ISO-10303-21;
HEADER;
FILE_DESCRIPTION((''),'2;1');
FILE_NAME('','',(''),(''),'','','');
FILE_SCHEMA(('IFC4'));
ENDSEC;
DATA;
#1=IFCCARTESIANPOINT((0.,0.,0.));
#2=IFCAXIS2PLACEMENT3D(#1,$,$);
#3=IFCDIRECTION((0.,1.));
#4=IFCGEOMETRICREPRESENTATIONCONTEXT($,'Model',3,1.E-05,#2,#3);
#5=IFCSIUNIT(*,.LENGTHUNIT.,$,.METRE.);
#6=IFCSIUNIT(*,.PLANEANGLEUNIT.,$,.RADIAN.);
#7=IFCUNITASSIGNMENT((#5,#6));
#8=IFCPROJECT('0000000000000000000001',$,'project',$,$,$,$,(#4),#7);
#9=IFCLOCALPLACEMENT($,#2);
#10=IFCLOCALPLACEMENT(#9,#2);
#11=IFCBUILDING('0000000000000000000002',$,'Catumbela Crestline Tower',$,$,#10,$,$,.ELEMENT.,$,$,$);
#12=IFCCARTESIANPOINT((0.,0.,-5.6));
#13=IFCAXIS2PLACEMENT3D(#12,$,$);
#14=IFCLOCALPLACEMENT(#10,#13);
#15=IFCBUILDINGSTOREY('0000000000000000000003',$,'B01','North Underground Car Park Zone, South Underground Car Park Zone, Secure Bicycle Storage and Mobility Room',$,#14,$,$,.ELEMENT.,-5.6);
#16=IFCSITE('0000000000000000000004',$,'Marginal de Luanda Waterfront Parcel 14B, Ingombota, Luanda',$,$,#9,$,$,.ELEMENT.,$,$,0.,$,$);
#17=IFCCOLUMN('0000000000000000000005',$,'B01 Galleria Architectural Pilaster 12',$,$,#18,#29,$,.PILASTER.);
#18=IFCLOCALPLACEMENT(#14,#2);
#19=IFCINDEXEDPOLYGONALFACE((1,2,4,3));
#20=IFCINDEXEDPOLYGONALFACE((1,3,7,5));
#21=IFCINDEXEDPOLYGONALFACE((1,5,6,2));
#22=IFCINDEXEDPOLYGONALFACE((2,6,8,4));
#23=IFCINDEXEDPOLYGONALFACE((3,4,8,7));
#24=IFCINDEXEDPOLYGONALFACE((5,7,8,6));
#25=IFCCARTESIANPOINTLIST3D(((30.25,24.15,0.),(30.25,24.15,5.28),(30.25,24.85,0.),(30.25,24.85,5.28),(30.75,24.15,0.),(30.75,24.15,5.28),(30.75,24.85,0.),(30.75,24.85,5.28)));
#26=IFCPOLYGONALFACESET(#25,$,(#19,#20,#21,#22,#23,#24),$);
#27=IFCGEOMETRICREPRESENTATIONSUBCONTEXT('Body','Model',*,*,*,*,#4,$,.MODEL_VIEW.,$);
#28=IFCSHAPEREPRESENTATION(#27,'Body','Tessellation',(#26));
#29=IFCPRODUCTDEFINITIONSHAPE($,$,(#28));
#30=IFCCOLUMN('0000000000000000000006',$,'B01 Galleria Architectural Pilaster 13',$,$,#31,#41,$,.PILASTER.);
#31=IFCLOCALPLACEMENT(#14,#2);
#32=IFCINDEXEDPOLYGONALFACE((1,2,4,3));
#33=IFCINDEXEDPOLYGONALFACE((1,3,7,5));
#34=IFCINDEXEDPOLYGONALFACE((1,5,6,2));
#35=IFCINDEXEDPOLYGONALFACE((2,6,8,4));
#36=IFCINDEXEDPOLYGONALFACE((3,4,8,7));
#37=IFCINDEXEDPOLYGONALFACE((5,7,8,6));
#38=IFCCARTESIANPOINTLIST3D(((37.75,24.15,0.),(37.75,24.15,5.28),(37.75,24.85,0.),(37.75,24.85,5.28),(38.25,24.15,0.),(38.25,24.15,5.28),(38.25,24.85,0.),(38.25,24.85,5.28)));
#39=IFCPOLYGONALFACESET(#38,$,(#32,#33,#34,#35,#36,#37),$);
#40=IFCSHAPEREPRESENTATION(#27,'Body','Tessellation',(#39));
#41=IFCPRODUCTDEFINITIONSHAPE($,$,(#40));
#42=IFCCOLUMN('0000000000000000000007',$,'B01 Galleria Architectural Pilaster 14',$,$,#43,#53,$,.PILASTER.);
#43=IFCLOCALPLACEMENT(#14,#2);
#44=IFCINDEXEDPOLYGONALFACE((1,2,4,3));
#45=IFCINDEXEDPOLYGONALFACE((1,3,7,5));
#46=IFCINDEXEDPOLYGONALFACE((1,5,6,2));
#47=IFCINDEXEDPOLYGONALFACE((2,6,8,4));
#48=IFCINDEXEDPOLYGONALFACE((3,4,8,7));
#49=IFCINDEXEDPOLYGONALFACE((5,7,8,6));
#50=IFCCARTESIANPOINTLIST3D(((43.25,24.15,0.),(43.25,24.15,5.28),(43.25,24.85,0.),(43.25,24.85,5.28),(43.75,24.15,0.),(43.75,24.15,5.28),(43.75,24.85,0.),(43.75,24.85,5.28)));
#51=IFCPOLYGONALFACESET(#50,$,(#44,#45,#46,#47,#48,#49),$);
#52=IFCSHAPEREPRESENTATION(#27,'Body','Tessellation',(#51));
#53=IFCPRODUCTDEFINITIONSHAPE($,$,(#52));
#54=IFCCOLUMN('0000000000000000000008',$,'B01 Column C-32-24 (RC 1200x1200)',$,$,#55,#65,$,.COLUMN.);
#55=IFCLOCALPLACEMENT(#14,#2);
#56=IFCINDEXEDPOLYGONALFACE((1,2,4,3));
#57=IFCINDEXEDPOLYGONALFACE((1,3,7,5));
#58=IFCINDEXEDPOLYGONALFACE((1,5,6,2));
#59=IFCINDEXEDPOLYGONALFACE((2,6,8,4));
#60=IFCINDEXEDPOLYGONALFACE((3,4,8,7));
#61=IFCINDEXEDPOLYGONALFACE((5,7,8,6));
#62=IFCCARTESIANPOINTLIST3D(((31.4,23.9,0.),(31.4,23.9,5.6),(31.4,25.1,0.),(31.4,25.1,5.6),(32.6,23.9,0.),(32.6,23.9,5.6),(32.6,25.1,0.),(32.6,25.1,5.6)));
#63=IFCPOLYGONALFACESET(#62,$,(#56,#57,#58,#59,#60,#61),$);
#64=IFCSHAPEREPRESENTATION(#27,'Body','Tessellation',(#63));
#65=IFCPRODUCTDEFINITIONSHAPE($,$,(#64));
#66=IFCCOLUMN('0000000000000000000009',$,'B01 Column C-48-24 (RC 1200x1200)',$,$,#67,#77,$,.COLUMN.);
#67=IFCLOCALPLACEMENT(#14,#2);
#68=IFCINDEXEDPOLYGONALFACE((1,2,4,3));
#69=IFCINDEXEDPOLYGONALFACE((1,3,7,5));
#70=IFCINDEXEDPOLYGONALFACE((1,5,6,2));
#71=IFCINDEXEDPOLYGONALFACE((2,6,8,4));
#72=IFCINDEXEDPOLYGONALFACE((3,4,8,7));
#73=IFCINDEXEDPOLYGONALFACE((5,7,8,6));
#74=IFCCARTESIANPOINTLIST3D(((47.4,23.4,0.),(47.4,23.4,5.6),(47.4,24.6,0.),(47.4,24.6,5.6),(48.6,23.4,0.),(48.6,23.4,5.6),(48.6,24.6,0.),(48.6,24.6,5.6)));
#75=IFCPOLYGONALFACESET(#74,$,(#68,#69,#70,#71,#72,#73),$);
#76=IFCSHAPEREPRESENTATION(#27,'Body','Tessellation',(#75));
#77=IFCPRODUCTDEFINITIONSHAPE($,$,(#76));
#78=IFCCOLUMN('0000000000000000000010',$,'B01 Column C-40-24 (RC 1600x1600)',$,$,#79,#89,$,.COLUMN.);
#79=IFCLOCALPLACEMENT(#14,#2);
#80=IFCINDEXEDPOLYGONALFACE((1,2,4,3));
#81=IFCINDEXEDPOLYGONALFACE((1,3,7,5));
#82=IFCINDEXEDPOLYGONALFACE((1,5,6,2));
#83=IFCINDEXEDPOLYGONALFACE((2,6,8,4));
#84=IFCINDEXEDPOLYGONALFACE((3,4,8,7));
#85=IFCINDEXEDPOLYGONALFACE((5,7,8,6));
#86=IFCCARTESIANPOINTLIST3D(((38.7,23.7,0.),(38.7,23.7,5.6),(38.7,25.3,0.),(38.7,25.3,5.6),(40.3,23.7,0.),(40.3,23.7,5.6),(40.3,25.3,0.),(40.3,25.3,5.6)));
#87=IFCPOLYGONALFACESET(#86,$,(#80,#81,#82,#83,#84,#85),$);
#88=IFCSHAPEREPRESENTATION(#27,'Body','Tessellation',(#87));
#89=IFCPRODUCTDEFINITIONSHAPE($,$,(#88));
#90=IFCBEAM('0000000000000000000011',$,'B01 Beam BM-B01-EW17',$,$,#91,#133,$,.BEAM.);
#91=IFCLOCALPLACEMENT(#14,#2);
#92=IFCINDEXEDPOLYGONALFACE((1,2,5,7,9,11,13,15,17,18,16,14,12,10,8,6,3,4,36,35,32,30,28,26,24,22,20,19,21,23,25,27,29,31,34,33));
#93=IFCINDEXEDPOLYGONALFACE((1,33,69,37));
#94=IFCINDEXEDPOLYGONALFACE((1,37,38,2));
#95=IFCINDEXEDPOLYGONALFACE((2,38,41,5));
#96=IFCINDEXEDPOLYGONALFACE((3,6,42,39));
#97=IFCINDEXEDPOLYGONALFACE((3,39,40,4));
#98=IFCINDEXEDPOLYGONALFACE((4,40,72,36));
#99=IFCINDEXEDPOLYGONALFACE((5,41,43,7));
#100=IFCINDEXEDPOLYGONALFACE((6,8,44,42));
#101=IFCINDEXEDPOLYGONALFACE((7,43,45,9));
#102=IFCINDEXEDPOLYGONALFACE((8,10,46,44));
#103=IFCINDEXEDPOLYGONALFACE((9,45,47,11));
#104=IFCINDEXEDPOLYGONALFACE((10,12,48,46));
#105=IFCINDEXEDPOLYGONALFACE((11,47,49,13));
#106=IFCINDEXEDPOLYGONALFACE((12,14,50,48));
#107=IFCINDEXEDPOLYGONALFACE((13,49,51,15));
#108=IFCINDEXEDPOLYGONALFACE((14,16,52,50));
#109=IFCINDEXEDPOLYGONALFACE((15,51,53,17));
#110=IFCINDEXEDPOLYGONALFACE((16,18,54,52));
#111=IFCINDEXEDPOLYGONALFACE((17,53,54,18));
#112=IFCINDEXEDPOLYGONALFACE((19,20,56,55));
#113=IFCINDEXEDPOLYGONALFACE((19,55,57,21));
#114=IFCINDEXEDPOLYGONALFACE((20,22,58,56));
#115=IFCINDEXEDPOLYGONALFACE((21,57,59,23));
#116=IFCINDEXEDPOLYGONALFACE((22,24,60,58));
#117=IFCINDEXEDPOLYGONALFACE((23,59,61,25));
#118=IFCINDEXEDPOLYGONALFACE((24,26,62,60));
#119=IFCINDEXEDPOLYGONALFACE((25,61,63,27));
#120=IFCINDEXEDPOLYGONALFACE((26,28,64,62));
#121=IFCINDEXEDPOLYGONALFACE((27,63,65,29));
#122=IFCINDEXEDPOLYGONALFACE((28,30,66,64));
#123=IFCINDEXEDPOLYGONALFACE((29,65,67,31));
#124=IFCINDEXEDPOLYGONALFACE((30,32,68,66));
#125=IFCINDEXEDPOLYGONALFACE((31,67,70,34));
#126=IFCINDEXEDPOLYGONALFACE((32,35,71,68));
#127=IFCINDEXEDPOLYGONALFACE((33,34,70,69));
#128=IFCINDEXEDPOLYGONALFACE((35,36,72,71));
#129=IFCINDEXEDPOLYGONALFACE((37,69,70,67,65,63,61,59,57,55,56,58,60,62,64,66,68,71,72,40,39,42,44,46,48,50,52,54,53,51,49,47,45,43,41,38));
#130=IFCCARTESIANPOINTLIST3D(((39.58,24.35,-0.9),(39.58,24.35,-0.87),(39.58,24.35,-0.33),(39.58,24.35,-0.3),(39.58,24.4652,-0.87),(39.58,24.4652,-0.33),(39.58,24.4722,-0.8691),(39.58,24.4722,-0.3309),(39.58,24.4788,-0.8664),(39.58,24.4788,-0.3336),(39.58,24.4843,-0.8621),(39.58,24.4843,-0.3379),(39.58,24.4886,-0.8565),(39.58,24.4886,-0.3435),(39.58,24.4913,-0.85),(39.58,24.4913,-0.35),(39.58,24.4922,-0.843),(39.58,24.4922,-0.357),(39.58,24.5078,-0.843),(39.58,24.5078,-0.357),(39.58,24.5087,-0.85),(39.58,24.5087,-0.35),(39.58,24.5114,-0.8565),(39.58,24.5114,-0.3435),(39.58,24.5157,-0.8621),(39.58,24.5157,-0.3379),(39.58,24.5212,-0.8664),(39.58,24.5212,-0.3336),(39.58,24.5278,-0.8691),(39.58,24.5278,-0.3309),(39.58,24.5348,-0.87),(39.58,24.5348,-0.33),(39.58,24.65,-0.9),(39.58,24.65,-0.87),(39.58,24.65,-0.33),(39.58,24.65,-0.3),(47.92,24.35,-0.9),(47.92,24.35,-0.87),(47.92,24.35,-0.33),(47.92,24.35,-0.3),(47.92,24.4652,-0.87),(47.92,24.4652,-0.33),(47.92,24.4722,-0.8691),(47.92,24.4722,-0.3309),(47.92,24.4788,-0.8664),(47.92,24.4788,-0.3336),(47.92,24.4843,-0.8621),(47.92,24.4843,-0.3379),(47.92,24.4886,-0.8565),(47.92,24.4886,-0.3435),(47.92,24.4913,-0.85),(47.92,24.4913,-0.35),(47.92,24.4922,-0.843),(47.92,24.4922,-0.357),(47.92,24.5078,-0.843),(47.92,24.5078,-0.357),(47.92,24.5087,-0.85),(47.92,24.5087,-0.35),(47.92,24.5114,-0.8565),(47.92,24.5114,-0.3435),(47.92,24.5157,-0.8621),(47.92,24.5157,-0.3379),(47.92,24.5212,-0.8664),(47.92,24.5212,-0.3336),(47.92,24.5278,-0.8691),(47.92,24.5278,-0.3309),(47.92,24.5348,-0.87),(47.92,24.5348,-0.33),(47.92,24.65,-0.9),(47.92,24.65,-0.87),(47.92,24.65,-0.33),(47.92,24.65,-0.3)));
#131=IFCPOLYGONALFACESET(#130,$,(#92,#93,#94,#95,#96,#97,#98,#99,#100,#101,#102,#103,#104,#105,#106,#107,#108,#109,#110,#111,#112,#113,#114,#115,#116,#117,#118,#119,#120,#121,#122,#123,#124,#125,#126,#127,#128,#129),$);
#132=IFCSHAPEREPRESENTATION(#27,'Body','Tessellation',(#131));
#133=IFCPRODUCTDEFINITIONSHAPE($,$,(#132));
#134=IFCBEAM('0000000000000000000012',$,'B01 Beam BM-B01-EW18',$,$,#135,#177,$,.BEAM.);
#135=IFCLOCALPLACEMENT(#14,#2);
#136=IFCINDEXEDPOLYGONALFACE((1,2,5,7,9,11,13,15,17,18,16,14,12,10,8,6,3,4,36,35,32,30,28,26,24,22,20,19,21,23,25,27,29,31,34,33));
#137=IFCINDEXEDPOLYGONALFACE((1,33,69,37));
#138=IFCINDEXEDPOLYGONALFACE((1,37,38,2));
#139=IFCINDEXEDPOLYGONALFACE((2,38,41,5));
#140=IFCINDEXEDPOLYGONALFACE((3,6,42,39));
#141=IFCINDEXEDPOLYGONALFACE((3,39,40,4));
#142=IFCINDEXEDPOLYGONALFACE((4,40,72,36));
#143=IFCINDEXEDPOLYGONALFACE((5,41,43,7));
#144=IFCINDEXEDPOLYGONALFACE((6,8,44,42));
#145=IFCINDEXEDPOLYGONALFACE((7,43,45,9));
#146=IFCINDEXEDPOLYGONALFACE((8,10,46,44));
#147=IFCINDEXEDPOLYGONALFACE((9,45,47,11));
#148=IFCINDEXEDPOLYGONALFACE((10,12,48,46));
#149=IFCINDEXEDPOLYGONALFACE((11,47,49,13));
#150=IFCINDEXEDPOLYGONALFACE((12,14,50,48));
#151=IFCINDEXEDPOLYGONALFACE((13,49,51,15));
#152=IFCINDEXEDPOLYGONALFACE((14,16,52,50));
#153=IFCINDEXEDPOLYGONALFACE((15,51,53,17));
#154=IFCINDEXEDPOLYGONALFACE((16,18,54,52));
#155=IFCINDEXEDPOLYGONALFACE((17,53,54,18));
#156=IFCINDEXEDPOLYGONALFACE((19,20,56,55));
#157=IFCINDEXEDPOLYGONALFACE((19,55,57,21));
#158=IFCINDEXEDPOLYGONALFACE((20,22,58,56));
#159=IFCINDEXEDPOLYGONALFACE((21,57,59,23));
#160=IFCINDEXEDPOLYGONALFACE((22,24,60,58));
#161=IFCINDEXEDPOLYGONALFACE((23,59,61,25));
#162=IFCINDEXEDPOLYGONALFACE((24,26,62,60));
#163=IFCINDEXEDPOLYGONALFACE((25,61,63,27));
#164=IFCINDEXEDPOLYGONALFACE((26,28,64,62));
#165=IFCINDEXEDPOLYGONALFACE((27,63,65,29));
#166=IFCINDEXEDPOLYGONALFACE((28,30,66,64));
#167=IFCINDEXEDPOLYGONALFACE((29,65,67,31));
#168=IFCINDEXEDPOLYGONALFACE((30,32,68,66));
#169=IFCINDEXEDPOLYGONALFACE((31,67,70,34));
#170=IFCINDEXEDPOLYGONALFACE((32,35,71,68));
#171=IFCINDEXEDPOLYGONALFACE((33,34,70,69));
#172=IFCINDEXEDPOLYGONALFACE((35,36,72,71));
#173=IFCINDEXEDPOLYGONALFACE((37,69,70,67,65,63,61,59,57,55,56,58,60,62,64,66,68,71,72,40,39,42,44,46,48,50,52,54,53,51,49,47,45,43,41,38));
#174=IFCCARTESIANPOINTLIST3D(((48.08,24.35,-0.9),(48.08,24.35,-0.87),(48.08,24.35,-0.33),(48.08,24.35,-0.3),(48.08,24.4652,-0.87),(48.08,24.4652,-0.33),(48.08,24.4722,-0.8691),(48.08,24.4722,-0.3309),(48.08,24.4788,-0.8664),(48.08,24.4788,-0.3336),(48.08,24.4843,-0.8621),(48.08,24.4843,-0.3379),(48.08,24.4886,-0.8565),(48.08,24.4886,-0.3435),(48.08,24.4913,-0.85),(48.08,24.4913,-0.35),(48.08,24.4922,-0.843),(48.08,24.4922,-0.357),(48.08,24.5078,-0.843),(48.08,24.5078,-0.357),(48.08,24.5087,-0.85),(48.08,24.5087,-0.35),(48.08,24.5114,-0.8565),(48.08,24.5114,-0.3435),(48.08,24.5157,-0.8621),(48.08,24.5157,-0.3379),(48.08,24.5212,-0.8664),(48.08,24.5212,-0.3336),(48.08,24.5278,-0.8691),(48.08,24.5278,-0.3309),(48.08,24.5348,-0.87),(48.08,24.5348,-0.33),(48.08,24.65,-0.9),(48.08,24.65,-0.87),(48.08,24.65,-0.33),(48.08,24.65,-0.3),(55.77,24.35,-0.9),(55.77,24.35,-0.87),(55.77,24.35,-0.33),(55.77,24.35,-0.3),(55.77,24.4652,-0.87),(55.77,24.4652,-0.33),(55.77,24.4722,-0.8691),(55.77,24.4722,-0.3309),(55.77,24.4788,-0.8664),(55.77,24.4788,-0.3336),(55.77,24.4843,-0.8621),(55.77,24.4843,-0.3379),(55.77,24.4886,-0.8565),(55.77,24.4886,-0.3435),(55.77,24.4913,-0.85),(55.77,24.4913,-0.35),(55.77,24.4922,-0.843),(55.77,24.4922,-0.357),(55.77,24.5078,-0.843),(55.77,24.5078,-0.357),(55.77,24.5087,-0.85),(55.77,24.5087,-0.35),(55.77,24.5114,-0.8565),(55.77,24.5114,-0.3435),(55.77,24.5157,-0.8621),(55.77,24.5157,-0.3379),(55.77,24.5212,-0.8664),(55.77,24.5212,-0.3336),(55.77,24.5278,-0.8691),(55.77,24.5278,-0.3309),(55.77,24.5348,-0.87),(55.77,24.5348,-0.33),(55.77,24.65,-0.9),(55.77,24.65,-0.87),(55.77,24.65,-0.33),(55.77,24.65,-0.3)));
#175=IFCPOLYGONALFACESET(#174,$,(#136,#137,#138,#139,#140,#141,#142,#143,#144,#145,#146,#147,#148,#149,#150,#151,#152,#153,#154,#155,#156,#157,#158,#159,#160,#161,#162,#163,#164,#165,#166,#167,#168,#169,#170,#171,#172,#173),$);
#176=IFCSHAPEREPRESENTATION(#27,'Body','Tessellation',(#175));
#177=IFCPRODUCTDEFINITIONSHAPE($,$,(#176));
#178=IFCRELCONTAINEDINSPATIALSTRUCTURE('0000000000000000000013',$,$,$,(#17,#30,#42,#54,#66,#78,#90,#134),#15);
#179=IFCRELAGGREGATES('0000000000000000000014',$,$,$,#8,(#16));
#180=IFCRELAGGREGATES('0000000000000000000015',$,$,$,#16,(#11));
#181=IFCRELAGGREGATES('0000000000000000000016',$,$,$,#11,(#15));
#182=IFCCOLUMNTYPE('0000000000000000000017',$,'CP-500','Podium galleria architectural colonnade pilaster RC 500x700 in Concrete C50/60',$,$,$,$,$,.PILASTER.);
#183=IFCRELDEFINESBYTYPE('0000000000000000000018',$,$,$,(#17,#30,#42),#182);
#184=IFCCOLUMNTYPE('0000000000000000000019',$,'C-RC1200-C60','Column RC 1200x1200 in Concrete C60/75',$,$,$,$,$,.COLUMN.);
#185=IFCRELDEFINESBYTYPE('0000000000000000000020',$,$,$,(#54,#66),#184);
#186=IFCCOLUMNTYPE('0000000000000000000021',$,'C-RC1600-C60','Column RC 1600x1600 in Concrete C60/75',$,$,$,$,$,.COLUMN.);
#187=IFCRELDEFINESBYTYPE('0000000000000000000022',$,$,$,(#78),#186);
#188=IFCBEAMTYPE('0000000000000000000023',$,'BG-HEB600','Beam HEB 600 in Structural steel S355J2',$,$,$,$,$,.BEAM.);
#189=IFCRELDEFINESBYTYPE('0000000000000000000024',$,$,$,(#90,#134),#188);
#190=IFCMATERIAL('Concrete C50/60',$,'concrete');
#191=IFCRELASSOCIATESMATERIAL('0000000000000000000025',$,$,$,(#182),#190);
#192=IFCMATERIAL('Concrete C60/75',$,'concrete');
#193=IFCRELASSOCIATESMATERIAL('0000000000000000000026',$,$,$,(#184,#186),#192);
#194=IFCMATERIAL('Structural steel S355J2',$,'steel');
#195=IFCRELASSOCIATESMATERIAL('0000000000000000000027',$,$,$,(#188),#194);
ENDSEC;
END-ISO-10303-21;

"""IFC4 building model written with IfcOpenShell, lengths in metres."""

from ifc_helpers import new_model, si_unit, direction, frame, origin, origin_2d, place, context, subcontext, project, spatial, rectangle, i_section, extrude, material, material_profile, profile_set, type_object, element, save


model = new_model("IFC4")

# Units and contexts
model_context = context("Model", 3, precision=1e-05, world=origin(), true_north=direction((0.0, 1.0)))
body_context = subcontext(model_context, "Body", "Model", "MODEL_VIEW")
ifc_project = project(units=[si_unit("LENGTHUNIT", "METRE"), si_unit("PLANEANGLEUNIT", "RADIAN")], contexts=[model_context])

# Site, building, storey
site_placement = place(None, origin())
site = spatial("IfcSite", under=ifc_project, at=site_placement, Name="Marginal de Luanda Waterfront Parcel 14B, Ingombota, Luanda", CompositionType="ELEMENT", RefElevation=0.0)
building_placement = place(site_placement, origin())
building = spatial("IfcBuilding", under=site, at=building_placement, Name="Catumbela Crestline Tower", CompositionType="ELEMENT")
storey_placement = place(building_placement, frame((0.0, 0.0, -5.6)))
storey = spatial("IfcBuildingStorey", under=building, at=storey_placement, Name="B01", Description="North Underground Car Park Zone, South Underground Car Park Zone, Secure Bicycle Storage and Mobility Room", CompositionType="ELEMENT", Elevation=-5.6)

# Columns
ifc_material_1 = material(Name="Concrete C50/60", Category="concrete")
ifc_material_profile_1 = material_profile(ifc_material_1, rectangle(XDim=0.5, YDim=0.7, at=origin_2d()), Name="RC 500x700")
ifc_profile_set_1 = profile_set([ifc_material_profile_1], Name="Concrete C50/60")
column_type_1 = type_object("IfcColumnType", Name="CP-500", Description="Podium galleria architectural colonnade pilaster RC 500x700 in Concrete C50/60", PredefinedType="PILASTER", material=ifc_profile_set_1)
for number, where, z_axis, x_axis, name in (
    (1, (30.5, 24.5, 0.0), (0.0, 0.0, 1.0), (1.0, 0.0, 0.0), "B01 Galleria Architectural Pilaster 12"),
    (2, (38.0, 24.5, 0.0), (0.0, 0.0, 1.0), (1.0, 0.0, 0.0), "B01 Galleria Architectural Pilaster 13"),
    (3, (43.5, 24.5, 0.0), (0.0, 0.0, 1.0), (1.0, 0.0, 0.0), "B01 Galleria Architectural Pilaster 14"),
):
    element("IfcColumn", number, at=place(storey_placement, frame(where, z_axis=z_axis, x_axis=x_axis)), inside=storey, type_object=column_type_1, Name=name, PredefinedType="PILASTER", context=body_context, shape_type="SweptSolid", body=[
        extrude(rectangle(XDim=0.5, YDim=0.7, at=origin_2d()), origin(), (0.0, 0.0, 1.0), 5.28),
    ])
ifc_material_2 = material(Name="Concrete C60/75", Category="concrete")
ifc_material_profile_2 = material_profile(ifc_material_2, rectangle(XDim=1.2, YDim=1.2, at=origin_2d()), Name="RC 1200x1200")
ifc_profile_set_2 = profile_set([ifc_material_profile_2], Name="Concrete C60/75")
column_type_2 = type_object("IfcColumnType", Name="C-RC1200-C60", Description="Column RC 1200x1200 in Concrete C60/75", PredefinedType="COLUMN", material=ifc_profile_set_2)
for number, where, z_axis, x_axis, name in (
    (4, (32.0, 24.5, 0.0), (0.0, 0.0, 1.0), (1.0, 0.0, 0.0), "B01 Column C-32-24 (RC 1200x1200)"),
    (5, (48.0, 24.0, 0.0), (0.0, 0.0, 1.0), (1.0, 0.0, 0.0), "B01 Column C-48-24 (RC 1200x1200)"),
):
    element("IfcColumn", number, at=place(storey_placement, frame(where, z_axis=z_axis, x_axis=x_axis)), inside=storey, type_object=column_type_2, Name=name, PredefinedType="COLUMN", context=body_context, shape_type="SweptSolid", body=[
        extrude(rectangle(XDim=1.2, YDim=1.2, at=origin_2d()), origin(), (0.0, 0.0, 1.0), 5.6),
    ])
ifc_material_profile_3 = material_profile(ifc_material_2, rectangle(XDim=1.6, YDim=1.6, at=origin_2d()), Name="RC 1600x1600")
ifc_profile_set_3 = profile_set([ifc_material_profile_3], Name="Concrete C60/75")
column_type_3 = type_object("IfcColumnType", Name="C-RC1600-C60", Description="Column RC 1600x1600 in Concrete C60/75", PredefinedType="COLUMN", material=ifc_profile_set_3)
column_placement = place(storey_placement, frame((39.5, 24.5, 0.0), z_axis=(0.0, 0.0, 1.0), x_axis=(1.0, 0.0, 0.0)))
element("IfcColumn", 6, at=column_placement, inside=storey, type_object=column_type_3, Name="B01 Column C-40-24 (RC 1600x1600)", PredefinedType="COLUMN", context=body_context, shape_type="SweptSolid", body=[
    extrude(rectangle(XDim=1.6, YDim=1.6, at=origin_2d()), origin(), (0.0, 0.0, 1.0), 5.6),
])

# Beams
ifc_material_3 = material(Name="Structural steel S355J2", Category="steel")
ifc_material_profile_4 = material_profile(ifc_material_3, i_section(OverallWidth=0.3, OverallDepth=0.6, WebThickness=0.0155, FlangeThickness=0.03, FilletRadius=0.027, at=origin_2d()), Name="HEB 600")
ifc_profile_set_4 = profile_set([ifc_material_profile_4], Name="Structural steel S355J2")
beam_type_1 = type_object("IfcBeamType", Name="BG-HEB600", Description="Beam HEB 600 in Structural steel S355J2", PredefinedType="BEAM", material=ifc_profile_set_4)
beam_1_placement = place(storey_placement, frame((39.58, 24.5, -0.6), z_axis=(1.0, 0.0, 0.0), x_axis=(0.0, 1.0, 0.0)))
element("IfcBeam", 7, at=beam_1_placement, inside=storey, type_object=beam_type_1, Name="B01 Beam BM-B01-EW17", PredefinedType="BEAM", context=body_context, shape_type="SweptSolid", body=[
    extrude(i_section(OverallWidth=0.3, OverallDepth=0.6, WebThickness=0.0155, FlangeThickness=0.03, FilletRadius=0.027, at=origin_2d()), origin(), (0.0, 0.0, 1.0), 8.34),
])
beam_2_placement = place(storey_placement, frame((48.08, 24.5, -0.6), z_axis=(1.0, 0.0, 0.0), x_axis=(0.0, 1.0, 0.0)))
element("IfcBeam", 8, at=beam_2_placement, inside=storey, type_object=beam_type_1, Name="B01 Beam BM-B01-EW18", PredefinedType="BEAM", context=body_context, shape_type="SweptSolid", body=[
    extrude(i_section(OverallWidth=0.3, OverallDepth=0.6, WebThickness=0.0155, FlangeThickness=0.03, FilletRadius=0.027, at=origin_2d()), origin(), (0.0, 0.0, 1.0), 7.69),
])

save(model, "model.ifc")
